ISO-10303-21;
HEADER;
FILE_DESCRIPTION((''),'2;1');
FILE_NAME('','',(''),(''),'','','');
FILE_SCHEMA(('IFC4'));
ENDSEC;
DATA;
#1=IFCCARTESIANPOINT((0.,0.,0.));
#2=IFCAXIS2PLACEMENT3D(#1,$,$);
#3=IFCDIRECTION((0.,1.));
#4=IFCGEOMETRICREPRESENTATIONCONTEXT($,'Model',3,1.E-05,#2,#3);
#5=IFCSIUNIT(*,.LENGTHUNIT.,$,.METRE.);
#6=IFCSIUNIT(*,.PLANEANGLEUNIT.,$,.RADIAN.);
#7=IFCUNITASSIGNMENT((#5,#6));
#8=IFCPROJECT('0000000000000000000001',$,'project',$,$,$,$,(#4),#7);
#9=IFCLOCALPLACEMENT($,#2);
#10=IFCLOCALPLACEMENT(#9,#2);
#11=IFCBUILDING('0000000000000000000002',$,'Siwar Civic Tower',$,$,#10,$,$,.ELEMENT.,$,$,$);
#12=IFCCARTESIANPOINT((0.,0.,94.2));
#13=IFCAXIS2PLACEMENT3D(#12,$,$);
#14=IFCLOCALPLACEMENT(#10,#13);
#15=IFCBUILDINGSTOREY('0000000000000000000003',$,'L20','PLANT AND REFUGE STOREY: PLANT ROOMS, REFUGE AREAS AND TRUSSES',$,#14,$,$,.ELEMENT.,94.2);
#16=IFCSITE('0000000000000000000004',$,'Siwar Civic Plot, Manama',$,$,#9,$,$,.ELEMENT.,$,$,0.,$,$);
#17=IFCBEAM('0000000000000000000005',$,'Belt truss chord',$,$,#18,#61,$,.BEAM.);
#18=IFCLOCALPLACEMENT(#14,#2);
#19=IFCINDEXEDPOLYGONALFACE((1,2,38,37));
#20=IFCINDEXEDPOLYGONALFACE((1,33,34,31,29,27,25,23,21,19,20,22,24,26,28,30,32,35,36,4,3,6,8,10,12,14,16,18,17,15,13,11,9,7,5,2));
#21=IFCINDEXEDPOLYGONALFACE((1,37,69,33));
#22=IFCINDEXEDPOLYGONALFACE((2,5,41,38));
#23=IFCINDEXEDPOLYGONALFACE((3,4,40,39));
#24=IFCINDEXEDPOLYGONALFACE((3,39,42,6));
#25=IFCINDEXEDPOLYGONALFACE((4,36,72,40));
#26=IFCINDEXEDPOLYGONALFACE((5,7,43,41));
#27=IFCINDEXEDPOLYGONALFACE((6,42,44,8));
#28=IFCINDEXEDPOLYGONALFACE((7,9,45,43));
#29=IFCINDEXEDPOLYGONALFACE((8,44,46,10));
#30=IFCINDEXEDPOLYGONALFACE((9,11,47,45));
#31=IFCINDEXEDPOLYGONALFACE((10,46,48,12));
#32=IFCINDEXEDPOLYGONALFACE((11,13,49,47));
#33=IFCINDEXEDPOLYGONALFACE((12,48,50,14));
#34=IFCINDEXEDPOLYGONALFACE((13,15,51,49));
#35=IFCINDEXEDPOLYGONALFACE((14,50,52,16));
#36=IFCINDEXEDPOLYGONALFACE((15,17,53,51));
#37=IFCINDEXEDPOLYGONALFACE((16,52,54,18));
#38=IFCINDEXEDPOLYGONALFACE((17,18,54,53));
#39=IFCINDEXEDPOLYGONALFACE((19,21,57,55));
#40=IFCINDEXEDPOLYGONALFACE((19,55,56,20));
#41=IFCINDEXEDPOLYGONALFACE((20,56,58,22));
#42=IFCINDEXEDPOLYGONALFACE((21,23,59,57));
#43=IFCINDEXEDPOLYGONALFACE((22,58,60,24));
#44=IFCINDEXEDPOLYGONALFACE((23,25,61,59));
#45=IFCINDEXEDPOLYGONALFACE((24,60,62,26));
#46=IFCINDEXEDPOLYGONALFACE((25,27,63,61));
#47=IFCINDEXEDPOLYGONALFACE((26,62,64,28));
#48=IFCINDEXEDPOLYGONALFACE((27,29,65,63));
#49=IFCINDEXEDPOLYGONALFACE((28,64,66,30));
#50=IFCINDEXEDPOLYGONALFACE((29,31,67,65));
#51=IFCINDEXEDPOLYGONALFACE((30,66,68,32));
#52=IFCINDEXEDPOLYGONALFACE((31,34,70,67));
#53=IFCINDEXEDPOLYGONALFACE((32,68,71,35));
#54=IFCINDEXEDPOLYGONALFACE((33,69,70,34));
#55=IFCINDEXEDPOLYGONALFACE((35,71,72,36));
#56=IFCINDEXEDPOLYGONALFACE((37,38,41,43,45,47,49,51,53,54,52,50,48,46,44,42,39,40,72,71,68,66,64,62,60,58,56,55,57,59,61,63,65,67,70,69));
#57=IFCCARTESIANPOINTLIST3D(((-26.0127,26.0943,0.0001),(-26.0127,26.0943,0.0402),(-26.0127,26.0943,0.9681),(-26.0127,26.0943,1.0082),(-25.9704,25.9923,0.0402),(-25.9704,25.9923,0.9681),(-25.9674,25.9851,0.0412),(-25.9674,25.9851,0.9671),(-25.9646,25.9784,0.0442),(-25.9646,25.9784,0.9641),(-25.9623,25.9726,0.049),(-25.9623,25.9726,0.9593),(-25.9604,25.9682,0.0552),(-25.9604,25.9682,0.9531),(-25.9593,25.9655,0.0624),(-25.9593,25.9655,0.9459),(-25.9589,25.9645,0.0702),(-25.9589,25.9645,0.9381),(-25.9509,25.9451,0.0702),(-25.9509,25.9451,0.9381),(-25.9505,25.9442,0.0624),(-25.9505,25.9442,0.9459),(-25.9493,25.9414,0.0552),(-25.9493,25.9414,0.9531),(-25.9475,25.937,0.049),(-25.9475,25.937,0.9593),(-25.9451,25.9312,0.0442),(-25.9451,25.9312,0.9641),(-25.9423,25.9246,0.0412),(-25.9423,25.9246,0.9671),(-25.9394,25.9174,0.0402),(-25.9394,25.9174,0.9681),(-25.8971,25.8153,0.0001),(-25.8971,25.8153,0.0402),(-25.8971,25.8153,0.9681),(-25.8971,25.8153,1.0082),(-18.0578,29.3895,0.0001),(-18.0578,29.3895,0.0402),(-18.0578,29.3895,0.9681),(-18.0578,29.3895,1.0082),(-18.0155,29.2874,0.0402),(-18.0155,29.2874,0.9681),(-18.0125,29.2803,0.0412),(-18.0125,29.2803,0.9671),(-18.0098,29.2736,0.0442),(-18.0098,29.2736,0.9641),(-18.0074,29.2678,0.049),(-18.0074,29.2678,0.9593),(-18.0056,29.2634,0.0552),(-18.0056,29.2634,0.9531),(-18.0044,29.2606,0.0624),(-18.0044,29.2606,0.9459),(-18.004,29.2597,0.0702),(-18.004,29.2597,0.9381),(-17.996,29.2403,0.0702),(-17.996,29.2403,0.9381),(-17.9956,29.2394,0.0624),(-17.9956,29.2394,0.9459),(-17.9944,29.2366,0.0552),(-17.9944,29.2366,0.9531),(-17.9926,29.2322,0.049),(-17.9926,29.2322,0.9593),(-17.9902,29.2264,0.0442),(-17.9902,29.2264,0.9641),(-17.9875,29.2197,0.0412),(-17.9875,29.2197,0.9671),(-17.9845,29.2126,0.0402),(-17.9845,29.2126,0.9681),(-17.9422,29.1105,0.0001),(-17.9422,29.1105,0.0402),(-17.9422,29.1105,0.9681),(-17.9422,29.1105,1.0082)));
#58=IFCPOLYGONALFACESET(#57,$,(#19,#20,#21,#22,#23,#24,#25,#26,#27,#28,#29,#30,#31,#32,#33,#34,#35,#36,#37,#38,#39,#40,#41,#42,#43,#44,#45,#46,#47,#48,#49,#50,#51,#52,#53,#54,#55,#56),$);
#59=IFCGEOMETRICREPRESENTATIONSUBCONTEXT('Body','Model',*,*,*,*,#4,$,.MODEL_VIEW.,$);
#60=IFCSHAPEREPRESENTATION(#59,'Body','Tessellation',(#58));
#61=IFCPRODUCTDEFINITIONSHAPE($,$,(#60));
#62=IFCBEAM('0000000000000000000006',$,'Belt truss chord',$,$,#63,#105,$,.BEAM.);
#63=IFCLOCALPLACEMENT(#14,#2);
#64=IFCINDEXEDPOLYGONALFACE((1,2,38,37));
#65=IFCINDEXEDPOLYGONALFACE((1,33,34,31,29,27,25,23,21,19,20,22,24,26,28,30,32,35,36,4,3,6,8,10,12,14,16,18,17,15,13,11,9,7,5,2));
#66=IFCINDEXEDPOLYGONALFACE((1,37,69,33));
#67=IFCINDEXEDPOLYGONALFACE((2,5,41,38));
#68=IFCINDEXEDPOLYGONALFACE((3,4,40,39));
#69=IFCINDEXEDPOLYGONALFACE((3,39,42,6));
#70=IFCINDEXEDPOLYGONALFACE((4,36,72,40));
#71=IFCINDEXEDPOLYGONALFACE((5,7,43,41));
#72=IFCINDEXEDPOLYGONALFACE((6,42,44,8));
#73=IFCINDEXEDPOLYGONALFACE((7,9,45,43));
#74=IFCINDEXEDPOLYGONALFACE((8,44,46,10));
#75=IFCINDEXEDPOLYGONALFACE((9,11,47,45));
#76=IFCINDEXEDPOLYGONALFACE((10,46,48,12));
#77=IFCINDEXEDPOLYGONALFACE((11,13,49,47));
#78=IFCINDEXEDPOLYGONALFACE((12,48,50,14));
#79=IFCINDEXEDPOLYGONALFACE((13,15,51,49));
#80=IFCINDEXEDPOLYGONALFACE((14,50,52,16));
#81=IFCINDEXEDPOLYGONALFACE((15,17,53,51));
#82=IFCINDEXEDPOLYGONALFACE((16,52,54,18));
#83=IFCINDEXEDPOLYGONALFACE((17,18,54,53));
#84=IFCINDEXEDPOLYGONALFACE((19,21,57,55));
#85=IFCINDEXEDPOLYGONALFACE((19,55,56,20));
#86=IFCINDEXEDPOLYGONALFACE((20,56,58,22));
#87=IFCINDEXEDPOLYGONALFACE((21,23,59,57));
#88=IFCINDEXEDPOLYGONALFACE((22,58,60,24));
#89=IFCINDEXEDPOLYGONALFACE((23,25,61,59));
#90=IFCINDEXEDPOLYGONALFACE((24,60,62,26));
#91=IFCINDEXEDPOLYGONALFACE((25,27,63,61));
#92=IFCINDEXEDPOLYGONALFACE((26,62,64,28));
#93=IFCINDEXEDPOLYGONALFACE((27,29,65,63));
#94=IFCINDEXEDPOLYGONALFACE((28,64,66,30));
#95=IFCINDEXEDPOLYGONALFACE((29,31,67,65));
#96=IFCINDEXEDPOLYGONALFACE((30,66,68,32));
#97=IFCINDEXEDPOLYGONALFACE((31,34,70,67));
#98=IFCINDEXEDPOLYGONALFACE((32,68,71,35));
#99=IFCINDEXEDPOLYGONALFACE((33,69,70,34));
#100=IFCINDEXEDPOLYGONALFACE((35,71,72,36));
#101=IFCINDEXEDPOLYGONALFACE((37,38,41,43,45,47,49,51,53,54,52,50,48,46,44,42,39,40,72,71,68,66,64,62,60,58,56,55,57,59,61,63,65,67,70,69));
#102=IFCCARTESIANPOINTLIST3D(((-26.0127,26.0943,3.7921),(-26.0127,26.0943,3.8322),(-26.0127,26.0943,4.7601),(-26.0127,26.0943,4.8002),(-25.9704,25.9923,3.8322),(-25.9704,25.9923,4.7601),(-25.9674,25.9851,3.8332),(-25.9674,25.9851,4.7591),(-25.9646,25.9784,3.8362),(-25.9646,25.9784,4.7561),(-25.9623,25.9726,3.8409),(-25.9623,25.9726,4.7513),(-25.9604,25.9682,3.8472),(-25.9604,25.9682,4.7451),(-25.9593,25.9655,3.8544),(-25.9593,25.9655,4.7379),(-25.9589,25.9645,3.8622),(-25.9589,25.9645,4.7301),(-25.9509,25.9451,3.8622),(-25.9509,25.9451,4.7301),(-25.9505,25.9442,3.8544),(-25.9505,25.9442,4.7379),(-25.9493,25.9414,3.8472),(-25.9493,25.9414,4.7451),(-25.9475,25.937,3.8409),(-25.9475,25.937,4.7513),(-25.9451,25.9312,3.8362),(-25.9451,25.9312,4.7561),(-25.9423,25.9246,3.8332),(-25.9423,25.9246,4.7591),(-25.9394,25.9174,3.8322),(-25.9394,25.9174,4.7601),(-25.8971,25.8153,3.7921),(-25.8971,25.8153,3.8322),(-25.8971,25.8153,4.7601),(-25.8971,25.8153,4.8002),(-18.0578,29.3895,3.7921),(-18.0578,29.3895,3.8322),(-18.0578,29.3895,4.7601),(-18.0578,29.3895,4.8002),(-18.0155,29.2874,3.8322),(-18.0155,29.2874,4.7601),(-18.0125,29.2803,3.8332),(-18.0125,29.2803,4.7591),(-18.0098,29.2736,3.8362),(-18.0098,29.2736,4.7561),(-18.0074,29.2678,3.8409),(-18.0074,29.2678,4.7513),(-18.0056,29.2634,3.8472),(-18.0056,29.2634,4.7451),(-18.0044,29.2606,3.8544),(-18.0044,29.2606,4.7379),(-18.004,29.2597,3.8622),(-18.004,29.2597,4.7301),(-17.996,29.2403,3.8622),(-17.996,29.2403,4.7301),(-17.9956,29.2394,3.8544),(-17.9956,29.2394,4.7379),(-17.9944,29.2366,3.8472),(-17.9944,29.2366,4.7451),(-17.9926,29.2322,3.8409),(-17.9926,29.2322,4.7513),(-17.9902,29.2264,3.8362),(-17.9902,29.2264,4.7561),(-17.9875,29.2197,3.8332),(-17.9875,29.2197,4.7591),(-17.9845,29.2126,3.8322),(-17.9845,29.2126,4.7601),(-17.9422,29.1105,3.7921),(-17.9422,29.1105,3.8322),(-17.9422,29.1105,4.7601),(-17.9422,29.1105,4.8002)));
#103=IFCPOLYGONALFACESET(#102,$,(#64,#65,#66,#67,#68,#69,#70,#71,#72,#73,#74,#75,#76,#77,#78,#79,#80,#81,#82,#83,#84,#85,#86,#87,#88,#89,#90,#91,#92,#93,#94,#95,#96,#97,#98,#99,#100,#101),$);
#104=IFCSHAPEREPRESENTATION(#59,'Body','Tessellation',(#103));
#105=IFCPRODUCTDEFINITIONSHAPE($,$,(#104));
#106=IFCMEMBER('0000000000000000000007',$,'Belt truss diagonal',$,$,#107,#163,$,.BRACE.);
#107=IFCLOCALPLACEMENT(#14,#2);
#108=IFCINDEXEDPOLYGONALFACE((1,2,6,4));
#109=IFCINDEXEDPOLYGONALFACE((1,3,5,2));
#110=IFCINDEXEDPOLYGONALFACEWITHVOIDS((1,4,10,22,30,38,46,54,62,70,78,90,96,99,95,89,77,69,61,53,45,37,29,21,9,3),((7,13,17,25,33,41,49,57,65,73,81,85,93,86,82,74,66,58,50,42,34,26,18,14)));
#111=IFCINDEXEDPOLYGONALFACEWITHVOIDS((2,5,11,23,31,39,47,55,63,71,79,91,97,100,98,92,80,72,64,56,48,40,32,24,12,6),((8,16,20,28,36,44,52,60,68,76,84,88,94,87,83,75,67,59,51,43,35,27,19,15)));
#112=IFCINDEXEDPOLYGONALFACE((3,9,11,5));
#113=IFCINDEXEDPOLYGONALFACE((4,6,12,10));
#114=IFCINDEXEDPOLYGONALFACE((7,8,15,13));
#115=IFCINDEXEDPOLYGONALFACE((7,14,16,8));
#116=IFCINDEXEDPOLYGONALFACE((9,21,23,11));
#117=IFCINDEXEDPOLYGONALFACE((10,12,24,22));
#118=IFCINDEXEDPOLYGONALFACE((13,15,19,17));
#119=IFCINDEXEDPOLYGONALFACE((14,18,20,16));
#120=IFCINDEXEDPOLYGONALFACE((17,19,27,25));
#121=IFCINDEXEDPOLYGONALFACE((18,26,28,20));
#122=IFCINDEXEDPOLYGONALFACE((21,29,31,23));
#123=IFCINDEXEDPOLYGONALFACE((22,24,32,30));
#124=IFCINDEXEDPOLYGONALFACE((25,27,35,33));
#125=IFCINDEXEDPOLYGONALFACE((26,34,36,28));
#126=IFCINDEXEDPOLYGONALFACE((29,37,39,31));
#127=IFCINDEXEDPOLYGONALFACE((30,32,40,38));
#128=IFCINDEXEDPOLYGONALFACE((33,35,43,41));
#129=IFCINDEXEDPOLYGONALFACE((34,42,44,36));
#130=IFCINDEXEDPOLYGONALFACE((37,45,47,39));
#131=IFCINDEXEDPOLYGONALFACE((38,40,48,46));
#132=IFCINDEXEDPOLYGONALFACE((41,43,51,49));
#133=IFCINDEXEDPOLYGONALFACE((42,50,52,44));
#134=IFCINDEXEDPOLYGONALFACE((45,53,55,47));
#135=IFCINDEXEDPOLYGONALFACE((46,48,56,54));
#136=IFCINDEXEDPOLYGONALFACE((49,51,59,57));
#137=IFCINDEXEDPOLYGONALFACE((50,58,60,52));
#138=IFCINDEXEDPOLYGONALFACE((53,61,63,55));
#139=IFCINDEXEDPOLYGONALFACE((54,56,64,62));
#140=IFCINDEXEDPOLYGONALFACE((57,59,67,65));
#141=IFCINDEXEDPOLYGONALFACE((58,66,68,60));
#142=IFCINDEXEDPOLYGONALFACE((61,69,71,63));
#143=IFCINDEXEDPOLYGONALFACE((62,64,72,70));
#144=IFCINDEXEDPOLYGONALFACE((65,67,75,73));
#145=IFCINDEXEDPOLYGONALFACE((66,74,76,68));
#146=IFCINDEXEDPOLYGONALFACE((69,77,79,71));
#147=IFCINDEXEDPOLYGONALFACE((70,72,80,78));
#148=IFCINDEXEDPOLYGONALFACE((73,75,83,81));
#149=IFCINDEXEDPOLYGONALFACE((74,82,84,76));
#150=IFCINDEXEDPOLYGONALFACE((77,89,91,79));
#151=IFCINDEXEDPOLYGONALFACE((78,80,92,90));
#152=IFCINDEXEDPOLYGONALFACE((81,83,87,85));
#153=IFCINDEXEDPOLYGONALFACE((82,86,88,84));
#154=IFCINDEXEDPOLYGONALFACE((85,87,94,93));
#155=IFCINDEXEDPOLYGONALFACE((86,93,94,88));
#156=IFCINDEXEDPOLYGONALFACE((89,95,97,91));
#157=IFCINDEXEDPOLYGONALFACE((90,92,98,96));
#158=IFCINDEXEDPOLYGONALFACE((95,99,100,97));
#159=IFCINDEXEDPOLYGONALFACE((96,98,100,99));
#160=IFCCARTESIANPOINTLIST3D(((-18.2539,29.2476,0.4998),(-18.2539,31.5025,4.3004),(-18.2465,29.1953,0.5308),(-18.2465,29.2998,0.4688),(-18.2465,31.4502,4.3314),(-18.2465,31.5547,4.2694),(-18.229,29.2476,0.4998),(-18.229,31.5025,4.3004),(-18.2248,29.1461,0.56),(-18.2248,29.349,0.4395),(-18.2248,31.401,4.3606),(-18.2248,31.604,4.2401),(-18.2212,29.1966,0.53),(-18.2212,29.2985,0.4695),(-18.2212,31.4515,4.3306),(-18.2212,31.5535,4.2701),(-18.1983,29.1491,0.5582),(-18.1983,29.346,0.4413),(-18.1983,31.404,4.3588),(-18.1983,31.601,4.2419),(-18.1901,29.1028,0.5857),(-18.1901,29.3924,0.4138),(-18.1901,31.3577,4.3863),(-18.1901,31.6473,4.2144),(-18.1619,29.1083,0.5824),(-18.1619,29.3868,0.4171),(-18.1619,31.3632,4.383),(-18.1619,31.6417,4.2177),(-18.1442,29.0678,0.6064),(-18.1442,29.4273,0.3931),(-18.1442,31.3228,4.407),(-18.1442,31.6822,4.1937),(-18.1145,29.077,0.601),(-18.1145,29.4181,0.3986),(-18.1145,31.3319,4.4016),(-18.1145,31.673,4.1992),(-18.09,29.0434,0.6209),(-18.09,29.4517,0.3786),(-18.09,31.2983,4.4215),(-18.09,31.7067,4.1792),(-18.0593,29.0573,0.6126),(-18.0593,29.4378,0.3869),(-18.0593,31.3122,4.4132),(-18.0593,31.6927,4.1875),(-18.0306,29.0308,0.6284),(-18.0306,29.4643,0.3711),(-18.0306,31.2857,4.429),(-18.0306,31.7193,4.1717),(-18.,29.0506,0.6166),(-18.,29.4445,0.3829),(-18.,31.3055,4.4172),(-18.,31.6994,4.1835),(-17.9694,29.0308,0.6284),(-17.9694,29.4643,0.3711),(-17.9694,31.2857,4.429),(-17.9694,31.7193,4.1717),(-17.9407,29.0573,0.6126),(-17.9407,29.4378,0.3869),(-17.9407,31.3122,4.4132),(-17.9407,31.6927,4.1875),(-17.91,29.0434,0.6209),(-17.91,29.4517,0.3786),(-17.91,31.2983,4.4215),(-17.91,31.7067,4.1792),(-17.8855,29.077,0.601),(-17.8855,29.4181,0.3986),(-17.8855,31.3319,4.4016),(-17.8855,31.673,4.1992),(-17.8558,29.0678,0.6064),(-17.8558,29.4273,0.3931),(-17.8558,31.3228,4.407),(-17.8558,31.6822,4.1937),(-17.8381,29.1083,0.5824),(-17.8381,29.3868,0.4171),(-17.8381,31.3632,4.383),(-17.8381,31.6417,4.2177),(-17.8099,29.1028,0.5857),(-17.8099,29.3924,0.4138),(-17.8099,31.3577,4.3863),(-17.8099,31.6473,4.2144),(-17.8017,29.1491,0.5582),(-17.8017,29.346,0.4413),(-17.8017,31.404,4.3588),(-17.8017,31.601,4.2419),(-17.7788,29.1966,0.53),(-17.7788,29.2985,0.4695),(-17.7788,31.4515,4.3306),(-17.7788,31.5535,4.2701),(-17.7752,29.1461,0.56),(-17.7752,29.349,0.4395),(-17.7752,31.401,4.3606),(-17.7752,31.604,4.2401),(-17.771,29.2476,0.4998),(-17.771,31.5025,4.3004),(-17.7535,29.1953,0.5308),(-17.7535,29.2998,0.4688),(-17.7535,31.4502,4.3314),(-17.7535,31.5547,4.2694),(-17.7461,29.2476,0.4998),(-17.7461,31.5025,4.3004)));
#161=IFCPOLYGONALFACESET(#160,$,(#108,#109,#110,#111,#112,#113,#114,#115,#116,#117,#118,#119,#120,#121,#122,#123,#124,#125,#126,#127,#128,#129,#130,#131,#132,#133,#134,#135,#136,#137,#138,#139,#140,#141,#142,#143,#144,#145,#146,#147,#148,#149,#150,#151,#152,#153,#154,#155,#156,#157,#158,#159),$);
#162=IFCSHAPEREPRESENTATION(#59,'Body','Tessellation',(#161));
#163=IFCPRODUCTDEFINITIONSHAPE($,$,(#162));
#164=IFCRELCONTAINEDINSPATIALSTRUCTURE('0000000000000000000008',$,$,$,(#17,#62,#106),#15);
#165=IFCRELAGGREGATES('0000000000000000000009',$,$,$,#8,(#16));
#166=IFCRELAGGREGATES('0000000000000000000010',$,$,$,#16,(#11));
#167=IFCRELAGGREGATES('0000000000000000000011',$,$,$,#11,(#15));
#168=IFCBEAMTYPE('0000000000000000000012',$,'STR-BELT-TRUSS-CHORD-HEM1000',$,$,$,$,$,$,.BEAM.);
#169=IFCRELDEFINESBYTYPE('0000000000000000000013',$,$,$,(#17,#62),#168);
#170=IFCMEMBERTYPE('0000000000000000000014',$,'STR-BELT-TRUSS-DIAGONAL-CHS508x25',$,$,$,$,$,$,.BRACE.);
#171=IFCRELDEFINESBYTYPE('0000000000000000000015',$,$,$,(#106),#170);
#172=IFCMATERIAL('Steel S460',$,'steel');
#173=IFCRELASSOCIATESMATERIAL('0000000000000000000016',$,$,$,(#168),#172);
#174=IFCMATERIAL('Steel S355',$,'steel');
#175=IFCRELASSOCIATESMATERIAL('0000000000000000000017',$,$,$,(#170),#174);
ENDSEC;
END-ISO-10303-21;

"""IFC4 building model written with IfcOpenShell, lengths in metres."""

from ifc_helpers import new_model, si_unit, direction, frame, origin, origin_2d, place, context, subcontext, project, spatial, hollow_circle, i_section, extrude, material, material_profile, profile_set, type_object, element, save


model = new_model("IFC4")

# Units and contexts
model_context = context("Model", 3, precision=1e-05, world=origin(), true_north=direction((0.0, 1.0)))
body_context = subcontext(model_context, "Body", "Model", "MODEL_VIEW")
ifc_project = project(units=[si_unit("LENGTHUNIT", "METRE"), si_unit("PLANEANGLEUNIT", "RADIAN")], contexts=[model_context])

# Site, building, storey
site_placement = place(None, origin())
site = spatial("IfcSite", under=ifc_project, at=site_placement, Name="Siwar Civic Plot, Manama", CompositionType="ELEMENT", RefElevation=0.0)
building_placement = place(site_placement, origin())
building = spatial("IfcBuilding", under=site, at=building_placement, Name="Siwar Civic Tower", CompositionType="ELEMENT")
storey_placement = place(building_placement, frame((0.0, 0.0, 94.2)))
storey = spatial("IfcBuildingStorey", under=building, at=storey_placement, Name="L20", Description="PLANT AND REFUGE STOREY: PLANT ROOMS, REFUGE AREAS AND TRUSSES", CompositionType="ELEMENT", Elevation=94.2)

# Beams
ifc_material_1 = material(Name="Steel S460", Category="steel")
ifc_material_profile_1 = material_profile(ifc_material_1, i_section(OverallWidth=0.302, OverallDepth=1.0081, WebThickness=0.021, FlangeThickness=0.04, FilletRadius=0.03, at=origin_2d()), Name="HEM1000")
ifc_profile_set_1 = profile_set([ifc_material_profile_1], Name="Steel S460")
beam_type_1 = type_object("IfcBeamType", Name="STR-BELT-TRUSS-CHORD-HEM1000", PredefinedType="BEAM", material=ifc_profile_set_1)
for number, where, z_axis, x_axis, name in (
    (1, (-18.0, 29.25, 0.5042), (-0.923873, -0.3827, 0.0), (0.3827, -0.923873, 0.0), "Belt truss chord"),
    (2, (-18.0, 29.25, 4.2961), (-0.923873, -0.3827, 0.0), (0.3827, -0.923873, 0.0), "Belt truss chord"),
):
    element("IfcBeam", number, at=place(storey_placement, frame(where, z_axis=z_axis, x_axis=x_axis)), inside=storey, type_object=beam_type_1, Name=name, PredefinedType="BEAM", context=body_context, shape_type="SweptSolid", body=[
        extrude(i_section(OverallWidth=0.302, OverallDepth=1.0081, WebThickness=0.021, FlangeThickness=0.04, FilletRadius=0.03, at=origin_2d()), origin(), (0.0, 0.0, 1.0), 8.6104),
    ])

# Member
ifc_material_2 = material(Name="Steel S355", Category="steel")
ifc_material_profile_2 = material_profile(ifc_material_2, hollow_circle(Radius=0.2539, WallThickness=0.0249, at=origin_2d()), Name="CHS508x25")
ifc_profile_set_2 = profile_set([ifc_material_profile_2], Name="Steel S355")
member_type_1 = type_object("IfcMemberType", Name="STR-BELT-TRUSS-DIAGONAL-CHS508x25", PredefinedType="BRACE", material=ifc_profile_set_2)
member_1_placement = place(storey_placement, frame((-18.0, 29.2476, 0.4998), z_axis=(0.0, 0.510257, 0.860022), x_axis=(-1.0, 0.0, 0.0)))
element("IfcMember", 3, at=member_1_placement, inside=storey, type_object=member_type_1, Name="Belt truss diagonal", PredefinedType="BRACE", context=body_context, shape_type="SweptSolid", body=[
    extrude(hollow_circle(Radius=0.2539, WallThickness=0.0249, at=origin_2d()), origin(), (0.0, 0.0, 1.0), 4.4192),
])

save(model, "model.ifc")
